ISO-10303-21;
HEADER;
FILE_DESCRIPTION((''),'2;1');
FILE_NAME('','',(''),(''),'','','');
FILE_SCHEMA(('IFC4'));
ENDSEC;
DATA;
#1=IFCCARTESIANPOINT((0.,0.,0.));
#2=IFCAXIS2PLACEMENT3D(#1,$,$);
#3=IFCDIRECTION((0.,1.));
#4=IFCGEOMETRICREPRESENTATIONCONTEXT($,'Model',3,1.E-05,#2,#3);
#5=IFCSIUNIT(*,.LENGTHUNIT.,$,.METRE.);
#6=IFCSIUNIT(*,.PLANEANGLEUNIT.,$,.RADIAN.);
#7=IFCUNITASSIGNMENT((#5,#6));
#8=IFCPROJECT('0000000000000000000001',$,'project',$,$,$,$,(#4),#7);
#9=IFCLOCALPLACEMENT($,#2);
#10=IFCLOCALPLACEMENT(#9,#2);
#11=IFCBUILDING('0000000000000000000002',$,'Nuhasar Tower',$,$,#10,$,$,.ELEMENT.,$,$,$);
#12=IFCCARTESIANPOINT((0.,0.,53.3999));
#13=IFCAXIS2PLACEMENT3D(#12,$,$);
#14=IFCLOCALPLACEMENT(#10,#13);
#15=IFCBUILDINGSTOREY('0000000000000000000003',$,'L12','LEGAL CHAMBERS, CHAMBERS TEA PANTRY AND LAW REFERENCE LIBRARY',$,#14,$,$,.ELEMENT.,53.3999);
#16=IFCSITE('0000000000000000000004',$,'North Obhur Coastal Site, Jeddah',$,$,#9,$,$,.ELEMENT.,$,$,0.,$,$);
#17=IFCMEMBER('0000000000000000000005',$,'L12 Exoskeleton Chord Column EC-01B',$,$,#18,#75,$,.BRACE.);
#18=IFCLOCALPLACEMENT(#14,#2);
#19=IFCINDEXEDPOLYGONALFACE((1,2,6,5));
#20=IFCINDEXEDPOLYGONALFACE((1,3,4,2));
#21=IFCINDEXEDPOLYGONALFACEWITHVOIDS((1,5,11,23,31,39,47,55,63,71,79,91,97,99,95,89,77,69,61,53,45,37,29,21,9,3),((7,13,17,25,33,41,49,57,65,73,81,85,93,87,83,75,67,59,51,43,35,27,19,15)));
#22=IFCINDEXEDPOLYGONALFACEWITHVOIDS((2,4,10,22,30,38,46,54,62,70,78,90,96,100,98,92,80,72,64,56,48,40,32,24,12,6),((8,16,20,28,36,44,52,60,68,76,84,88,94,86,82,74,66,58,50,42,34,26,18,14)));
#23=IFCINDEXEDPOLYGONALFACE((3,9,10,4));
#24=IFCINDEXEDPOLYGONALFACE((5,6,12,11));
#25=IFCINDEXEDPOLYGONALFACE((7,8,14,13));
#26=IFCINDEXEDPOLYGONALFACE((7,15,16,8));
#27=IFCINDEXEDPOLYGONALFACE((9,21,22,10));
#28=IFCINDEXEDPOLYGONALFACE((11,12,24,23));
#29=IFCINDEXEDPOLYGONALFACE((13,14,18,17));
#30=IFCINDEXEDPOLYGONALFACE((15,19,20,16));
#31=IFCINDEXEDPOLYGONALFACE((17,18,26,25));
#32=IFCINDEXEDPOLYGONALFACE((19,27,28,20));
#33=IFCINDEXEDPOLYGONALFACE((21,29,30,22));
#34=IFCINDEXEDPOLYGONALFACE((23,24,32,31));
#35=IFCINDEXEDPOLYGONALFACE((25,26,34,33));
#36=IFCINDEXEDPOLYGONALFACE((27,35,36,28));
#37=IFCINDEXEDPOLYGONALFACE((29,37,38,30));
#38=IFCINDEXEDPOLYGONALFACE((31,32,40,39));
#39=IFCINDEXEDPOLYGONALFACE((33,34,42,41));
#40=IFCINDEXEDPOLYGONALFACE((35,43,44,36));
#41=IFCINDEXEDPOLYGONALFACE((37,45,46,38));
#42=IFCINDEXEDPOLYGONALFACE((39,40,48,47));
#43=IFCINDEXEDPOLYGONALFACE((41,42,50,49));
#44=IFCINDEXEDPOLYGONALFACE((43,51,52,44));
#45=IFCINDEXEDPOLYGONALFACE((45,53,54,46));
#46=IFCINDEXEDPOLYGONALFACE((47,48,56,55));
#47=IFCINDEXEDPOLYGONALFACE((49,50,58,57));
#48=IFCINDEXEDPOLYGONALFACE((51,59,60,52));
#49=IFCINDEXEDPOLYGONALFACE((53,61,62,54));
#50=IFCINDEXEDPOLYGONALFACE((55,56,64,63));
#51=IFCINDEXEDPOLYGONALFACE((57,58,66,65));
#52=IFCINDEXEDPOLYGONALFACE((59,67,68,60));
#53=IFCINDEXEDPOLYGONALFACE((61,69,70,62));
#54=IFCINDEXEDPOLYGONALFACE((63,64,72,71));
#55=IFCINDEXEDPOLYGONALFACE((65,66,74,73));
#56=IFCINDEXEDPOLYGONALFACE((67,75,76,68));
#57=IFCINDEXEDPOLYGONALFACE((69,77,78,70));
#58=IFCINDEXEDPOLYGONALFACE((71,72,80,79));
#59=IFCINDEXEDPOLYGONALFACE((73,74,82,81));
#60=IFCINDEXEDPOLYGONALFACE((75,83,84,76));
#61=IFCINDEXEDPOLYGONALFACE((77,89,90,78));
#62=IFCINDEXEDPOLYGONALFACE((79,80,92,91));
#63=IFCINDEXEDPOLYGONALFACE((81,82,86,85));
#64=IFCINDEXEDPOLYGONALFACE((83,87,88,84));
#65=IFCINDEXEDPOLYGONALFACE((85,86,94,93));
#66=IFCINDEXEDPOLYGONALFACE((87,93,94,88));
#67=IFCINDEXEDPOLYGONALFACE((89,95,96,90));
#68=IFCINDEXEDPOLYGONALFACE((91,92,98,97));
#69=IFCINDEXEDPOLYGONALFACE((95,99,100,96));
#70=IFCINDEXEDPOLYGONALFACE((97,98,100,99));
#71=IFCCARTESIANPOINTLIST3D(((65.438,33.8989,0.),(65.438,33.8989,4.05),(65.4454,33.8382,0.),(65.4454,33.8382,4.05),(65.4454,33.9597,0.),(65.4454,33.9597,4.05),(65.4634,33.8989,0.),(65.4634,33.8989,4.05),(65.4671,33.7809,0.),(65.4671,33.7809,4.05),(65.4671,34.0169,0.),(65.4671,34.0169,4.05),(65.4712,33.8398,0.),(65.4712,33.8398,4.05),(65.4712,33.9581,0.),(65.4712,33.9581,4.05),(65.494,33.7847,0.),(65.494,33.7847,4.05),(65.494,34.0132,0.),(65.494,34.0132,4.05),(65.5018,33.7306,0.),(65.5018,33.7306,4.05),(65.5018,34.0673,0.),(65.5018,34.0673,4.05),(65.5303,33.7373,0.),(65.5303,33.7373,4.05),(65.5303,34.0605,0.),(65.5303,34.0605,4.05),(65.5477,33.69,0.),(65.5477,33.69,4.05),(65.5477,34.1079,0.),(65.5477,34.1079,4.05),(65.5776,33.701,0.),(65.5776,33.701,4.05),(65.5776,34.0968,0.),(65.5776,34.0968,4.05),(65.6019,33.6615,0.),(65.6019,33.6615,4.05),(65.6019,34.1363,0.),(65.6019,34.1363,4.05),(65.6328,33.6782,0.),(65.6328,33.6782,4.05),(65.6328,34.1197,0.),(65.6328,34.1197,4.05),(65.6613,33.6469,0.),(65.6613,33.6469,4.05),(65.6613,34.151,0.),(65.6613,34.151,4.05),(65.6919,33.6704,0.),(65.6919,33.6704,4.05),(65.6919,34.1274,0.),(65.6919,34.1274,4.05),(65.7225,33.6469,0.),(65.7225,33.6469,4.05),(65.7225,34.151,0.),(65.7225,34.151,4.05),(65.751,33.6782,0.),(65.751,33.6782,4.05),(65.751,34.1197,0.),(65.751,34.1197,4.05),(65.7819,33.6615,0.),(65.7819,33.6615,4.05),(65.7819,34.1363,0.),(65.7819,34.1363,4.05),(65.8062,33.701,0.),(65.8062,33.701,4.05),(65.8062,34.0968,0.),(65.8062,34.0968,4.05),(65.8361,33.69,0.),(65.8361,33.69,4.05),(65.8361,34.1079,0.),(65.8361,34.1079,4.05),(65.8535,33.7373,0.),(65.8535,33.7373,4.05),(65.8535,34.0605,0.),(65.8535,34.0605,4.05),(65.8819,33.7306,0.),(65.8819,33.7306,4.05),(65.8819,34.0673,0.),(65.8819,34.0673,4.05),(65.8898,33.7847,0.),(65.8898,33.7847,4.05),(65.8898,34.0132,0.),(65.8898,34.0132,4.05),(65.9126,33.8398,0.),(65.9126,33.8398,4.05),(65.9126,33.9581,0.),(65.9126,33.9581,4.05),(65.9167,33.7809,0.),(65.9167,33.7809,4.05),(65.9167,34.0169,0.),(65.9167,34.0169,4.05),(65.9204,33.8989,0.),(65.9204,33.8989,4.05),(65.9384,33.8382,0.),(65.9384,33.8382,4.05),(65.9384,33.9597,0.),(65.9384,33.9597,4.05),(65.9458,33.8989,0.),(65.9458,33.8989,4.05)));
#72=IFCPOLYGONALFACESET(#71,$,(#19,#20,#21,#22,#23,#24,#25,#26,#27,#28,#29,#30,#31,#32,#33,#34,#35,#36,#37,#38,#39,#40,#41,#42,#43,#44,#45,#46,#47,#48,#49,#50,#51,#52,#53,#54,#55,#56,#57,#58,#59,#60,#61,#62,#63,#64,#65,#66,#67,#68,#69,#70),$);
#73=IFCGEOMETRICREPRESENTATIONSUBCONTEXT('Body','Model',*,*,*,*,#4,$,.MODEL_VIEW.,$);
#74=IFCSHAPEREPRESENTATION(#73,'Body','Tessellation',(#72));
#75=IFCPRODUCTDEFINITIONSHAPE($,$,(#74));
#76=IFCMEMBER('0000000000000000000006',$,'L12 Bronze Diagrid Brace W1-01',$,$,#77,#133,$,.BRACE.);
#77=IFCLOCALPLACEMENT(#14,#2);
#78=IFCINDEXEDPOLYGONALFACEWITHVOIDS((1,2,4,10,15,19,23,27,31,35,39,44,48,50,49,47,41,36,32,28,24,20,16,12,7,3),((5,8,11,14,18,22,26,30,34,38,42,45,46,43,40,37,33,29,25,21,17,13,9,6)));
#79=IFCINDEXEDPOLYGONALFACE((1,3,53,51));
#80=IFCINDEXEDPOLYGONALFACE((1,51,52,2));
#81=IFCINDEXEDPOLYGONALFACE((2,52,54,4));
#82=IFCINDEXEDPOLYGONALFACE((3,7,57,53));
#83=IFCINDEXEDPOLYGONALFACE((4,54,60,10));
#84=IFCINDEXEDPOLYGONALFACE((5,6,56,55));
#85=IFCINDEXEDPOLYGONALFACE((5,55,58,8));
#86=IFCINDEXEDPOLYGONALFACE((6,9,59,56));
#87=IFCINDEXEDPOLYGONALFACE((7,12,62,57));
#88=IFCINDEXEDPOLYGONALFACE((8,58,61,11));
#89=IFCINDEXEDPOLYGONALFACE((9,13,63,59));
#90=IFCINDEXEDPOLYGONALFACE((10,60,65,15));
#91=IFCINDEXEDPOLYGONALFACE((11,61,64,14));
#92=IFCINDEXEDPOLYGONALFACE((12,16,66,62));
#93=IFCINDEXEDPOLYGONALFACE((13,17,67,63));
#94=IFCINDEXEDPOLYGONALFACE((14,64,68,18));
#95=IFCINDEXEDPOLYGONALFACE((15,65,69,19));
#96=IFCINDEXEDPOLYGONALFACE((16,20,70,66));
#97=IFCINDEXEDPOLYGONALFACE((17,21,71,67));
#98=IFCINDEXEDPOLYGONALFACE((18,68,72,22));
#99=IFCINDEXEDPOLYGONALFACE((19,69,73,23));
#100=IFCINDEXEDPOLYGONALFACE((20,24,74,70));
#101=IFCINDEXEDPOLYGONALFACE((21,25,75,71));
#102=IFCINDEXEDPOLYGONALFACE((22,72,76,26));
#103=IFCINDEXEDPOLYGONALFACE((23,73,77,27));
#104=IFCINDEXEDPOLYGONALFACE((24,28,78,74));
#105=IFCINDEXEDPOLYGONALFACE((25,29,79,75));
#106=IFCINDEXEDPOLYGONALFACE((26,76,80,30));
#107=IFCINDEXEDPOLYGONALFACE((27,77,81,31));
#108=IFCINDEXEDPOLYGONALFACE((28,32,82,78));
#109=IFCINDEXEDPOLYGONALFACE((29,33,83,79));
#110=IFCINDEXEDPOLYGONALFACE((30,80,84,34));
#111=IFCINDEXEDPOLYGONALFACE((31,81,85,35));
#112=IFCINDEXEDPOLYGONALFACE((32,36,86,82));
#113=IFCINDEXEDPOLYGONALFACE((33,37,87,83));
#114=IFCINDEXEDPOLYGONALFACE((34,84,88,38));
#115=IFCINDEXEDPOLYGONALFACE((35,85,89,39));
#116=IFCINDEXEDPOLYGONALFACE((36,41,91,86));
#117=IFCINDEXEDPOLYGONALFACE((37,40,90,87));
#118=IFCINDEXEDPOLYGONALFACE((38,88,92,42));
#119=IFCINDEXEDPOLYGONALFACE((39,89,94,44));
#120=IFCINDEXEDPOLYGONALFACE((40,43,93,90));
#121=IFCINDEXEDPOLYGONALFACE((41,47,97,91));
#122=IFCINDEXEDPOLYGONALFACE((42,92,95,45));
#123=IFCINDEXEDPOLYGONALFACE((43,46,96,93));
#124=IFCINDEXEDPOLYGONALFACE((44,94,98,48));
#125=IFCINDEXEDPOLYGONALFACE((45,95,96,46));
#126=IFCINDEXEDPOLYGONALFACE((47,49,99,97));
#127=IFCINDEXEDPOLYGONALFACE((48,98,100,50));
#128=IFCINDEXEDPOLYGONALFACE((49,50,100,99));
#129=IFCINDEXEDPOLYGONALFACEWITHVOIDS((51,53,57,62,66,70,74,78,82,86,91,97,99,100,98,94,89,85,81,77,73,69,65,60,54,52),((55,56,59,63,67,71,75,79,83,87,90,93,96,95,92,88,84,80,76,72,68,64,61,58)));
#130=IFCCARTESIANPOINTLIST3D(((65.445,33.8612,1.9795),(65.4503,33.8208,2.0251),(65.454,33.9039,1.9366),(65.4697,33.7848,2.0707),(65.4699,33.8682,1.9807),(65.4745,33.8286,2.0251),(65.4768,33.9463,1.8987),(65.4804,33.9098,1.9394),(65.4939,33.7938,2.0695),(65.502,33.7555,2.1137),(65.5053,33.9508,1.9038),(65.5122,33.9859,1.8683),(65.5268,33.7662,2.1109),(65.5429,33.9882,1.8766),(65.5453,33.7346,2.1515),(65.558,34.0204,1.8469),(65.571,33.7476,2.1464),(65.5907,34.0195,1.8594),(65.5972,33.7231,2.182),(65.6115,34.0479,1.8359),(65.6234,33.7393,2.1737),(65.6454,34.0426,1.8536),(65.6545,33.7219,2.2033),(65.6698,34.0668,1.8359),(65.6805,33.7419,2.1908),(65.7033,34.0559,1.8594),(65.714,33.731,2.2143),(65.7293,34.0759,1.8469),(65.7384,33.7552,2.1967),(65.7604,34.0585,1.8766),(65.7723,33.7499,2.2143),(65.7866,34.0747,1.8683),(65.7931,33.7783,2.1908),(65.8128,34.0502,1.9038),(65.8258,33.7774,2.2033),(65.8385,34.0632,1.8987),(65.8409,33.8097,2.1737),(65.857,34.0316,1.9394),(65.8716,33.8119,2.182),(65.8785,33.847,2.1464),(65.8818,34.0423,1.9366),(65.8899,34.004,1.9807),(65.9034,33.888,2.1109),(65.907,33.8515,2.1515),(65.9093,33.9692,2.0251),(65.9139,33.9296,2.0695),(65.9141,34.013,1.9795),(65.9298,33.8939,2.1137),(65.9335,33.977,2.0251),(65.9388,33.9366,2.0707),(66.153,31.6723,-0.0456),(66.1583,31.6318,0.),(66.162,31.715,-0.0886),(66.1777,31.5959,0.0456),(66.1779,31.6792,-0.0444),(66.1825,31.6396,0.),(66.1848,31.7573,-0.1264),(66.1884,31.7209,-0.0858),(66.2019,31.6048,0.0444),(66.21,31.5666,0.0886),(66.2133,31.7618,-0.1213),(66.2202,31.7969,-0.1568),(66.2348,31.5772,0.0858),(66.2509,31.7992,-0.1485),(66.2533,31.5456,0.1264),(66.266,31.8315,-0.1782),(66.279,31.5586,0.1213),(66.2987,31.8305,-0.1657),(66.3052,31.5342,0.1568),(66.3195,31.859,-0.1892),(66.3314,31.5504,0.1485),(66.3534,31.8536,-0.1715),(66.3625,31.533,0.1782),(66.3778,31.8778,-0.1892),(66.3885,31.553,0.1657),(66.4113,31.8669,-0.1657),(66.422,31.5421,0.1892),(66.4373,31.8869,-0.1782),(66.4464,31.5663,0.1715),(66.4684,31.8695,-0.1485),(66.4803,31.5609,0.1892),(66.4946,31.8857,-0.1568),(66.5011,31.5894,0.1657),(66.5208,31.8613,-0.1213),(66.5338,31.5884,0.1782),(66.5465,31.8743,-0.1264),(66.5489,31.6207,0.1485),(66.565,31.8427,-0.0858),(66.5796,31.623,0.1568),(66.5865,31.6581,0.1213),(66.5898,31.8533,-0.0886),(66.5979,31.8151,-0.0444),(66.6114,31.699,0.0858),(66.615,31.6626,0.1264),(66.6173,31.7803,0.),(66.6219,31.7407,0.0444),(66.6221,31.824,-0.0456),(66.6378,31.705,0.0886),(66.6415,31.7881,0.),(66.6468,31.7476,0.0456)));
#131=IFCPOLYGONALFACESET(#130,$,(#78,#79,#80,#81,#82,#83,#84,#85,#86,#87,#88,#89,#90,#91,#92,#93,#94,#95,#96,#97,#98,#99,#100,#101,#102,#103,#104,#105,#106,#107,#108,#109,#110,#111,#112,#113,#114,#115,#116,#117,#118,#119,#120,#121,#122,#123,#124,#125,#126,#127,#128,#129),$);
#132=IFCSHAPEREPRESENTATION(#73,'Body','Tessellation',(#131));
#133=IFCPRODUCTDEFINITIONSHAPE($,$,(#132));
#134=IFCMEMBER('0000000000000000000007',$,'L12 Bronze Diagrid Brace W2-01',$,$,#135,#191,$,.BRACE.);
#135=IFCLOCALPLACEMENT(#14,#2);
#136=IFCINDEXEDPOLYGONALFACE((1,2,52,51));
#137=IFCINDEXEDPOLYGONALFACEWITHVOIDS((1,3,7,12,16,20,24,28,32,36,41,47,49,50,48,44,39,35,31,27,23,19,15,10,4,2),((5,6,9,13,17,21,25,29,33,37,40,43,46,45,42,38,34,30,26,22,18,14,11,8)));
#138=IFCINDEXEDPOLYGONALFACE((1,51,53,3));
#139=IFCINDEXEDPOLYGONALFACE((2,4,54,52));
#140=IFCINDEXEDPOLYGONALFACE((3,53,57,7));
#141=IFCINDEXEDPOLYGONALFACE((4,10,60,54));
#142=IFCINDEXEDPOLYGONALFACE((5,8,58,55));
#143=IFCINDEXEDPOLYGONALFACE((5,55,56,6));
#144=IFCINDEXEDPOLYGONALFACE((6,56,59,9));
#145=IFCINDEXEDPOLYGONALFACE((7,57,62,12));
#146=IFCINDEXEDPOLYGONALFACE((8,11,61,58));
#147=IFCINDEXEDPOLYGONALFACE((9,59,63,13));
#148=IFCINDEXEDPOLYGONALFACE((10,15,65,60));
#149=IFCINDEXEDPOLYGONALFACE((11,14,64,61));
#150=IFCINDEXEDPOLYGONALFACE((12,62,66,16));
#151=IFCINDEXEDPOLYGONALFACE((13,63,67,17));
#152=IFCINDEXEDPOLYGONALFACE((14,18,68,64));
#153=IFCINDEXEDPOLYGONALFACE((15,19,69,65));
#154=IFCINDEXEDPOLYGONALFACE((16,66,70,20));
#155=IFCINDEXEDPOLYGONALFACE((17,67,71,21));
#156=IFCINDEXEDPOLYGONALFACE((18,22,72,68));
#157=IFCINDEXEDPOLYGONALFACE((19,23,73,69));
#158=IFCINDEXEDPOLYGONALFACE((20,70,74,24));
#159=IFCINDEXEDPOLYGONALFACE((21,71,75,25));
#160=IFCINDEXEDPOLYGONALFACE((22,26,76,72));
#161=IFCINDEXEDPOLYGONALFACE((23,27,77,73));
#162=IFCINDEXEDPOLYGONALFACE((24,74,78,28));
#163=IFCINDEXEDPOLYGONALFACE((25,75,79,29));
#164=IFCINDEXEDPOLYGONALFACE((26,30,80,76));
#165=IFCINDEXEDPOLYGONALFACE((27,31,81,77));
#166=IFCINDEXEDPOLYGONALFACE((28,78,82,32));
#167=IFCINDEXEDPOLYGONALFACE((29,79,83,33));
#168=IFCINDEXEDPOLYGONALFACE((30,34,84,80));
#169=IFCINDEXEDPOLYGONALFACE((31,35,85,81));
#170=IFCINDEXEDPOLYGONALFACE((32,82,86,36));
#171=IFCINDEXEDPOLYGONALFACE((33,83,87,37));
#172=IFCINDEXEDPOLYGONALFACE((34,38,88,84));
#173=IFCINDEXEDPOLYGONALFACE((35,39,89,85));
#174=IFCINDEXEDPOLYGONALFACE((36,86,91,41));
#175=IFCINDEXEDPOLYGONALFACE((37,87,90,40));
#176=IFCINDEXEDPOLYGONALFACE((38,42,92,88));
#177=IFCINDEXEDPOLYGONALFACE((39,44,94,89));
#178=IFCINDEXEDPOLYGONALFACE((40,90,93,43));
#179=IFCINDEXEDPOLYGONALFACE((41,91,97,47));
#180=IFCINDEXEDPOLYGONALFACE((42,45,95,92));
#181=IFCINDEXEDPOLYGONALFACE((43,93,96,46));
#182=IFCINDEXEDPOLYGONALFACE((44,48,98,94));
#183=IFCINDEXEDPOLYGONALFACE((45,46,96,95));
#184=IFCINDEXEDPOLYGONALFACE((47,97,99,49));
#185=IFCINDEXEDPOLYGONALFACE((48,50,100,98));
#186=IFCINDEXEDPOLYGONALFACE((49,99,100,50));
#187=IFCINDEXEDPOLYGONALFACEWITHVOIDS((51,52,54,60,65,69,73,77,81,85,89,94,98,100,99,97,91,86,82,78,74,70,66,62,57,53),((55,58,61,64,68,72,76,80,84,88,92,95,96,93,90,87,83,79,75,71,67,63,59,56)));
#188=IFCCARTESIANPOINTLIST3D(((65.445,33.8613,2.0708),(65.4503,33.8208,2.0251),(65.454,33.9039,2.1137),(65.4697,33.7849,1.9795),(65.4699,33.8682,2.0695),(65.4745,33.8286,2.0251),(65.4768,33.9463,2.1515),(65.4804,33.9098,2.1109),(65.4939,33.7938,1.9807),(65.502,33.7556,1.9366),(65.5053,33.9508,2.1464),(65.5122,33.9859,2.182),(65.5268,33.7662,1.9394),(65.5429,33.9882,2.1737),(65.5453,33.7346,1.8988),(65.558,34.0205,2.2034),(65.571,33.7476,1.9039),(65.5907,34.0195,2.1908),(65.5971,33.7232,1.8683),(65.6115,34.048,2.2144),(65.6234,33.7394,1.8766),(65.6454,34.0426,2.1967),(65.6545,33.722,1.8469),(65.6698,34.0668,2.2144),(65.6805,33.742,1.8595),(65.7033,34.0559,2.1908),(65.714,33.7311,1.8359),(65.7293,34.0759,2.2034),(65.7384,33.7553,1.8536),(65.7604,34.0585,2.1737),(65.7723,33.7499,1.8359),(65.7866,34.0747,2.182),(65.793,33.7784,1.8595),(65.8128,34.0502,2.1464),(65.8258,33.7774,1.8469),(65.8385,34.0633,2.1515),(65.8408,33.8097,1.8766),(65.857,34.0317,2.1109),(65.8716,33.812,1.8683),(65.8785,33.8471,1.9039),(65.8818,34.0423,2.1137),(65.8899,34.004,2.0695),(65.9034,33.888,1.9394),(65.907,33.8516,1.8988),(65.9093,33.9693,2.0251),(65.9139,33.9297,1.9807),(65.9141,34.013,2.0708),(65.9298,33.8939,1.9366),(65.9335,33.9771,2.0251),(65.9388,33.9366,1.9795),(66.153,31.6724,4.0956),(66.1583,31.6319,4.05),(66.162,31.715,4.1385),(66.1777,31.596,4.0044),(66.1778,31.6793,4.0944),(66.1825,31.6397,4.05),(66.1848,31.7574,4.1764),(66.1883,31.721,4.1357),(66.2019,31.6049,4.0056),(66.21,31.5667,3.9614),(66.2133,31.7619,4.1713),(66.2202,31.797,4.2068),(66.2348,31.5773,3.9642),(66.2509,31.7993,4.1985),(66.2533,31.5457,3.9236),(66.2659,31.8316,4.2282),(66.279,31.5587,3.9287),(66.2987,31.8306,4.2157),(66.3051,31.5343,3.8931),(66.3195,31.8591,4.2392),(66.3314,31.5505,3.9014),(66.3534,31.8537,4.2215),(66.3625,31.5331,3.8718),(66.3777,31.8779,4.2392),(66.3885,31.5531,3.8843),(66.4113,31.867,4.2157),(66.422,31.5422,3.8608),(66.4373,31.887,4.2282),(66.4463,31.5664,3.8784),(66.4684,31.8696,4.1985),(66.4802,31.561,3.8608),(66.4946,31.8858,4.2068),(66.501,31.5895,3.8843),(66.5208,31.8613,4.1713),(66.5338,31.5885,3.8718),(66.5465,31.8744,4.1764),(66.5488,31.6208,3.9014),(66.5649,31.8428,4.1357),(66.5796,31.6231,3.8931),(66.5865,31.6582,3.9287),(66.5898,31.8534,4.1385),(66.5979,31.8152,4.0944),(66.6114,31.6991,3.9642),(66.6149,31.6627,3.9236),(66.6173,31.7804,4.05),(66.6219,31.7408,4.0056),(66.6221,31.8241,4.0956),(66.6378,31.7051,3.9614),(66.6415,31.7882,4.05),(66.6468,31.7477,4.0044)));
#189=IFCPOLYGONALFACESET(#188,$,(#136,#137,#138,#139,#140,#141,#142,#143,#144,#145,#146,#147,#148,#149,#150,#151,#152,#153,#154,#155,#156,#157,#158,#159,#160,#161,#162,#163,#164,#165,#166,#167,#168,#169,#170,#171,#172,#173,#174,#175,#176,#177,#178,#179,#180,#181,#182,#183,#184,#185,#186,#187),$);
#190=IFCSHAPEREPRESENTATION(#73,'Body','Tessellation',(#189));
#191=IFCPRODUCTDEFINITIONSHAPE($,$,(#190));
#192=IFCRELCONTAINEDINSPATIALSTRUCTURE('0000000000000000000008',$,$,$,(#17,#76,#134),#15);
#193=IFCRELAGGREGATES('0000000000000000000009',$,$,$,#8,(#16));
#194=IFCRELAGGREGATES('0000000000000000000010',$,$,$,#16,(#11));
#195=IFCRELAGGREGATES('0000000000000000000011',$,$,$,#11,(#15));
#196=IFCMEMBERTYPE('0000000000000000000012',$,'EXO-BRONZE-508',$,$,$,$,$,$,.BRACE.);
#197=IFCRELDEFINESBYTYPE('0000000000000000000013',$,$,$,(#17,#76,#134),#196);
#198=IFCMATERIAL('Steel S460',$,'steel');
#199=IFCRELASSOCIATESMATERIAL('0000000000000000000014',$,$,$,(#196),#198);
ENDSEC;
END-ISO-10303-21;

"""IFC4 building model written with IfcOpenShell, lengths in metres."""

from ifc_helpers import new_model, si_unit, direction, frame, origin, origin_2d, place, context, subcontext, project, spatial, hollow_circle, extrude, material, material_profile, profile_set, type_object, element, save


model = new_model("IFC4")

# Units and contexts
model_context = context("Model", 3, precision=1e-05, world=origin(), true_north=direction((0.0, 1.0)))
body_context = subcontext(model_context, "Body", "Model", "MODEL_VIEW")
ifc_project = project(units=[si_unit("LENGTHUNIT", "METRE"), si_unit("PLANEANGLEUNIT", "RADIAN")], contexts=[model_context])

# Site, building, storey
site_placement = place(None, origin())
site = spatial("IfcSite", under=ifc_project, at=site_placement, Name="North Obhur Coastal Site, Jeddah", CompositionType="ELEMENT", RefElevation=0.0)
building_placement = place(site_placement, origin())
building = spatial("IfcBuilding", under=site, at=building_placement, Name="Nuhasar Tower", CompositionType="ELEMENT")
storey_placement = place(building_placement, frame((0.0, 0.0, 53.3999)))
storey = spatial("IfcBuildingStorey", under=building, at=storey_placement, Name="L12", Description="LEGAL CHAMBERS, CHAMBERS TEA PANTRY AND LAW REFERENCE LIBRARY", CompositionType="ELEMENT", Elevation=53.3999)

# Members
ifc_material_1 = material(Name="Steel S460", Category="steel")
ifc_material_profile_1 = material_profile(ifc_material_1, hollow_circle(Radius=0.2539, WallThickness=0.0254, at=origin_2d()), Name="HSS508X25.4")
ifc_profile_set_1 = profile_set([ifc_material_profile_1], Name="Steel S460")
member_type_1 = type_object("IfcMemberType", Name="EXO-BRONZE-508", PredefinedType="BRACE", material=ifc_profile_set_1)
for number, where, z_axis, x_axis, name in (
    (1, (65.6919, 33.8989, 0.0), (0.0, 0.0, 1.0), (1.0, 0.0, 0.0), "L12 Exoskeleton Chord Column EC-01B"),
):
    element("IfcMember", number, at=place(storey_placement, frame(where, z_axis=z_axis, x_axis=x_axis)), inside=storey, type_object=member_type_1, Name=name, PredefinedType="BRACE", context=body_context, shape_type="SweptSolid", body=[
        extrude(hollow_circle(Radius=0.2539, WallThickness=0.0254, at=origin_2d()), origin(), (0.0, 0.0, 1.0), 4.05),
    ])
member_1_placement = place(storey_placement, frame((66.3999, 31.71, 0.0), z_axis=(-0.231, 0.714187, 0.660739), x_axis=(-0.951468, -0.307747, 0.0)))
element("IfcMember", 2, at=member_1_placement, inside=storey, type_object=member_type_1, Name="L12 Bronze Diagrid Brace W1-01", PredefinedType="BRACE", context=body_context, shape_type="SweptSolid", body=[
    extrude(hollow_circle(Radius=0.2539, WallThickness=0.0254, at=origin_2d()), origin(), (0.0, 0.0, 1.0), 3.0649),
])
member_2_placement = place(storey_placement, frame((65.6919, 33.8989, 2.0251), z_axis=(0.231012, -0.714225, 0.660694), x_axis=(0.951468, 0.307747, 0.0)))
element("IfcMember", 3, at=member_2_placement, inside=storey, type_object=member_type_1, Name="L12 Bronze Diagrid Brace W2-01", PredefinedType="BRACE", context=body_context, shape_type="SweptSolid", body=[
    extrude(hollow_circle(Radius=0.2539, WallThickness=0.0254, at=origin_2d()), origin(), (0.0, 0.0, 1.0), 3.0647),
])

save(model, "model.ifc")
